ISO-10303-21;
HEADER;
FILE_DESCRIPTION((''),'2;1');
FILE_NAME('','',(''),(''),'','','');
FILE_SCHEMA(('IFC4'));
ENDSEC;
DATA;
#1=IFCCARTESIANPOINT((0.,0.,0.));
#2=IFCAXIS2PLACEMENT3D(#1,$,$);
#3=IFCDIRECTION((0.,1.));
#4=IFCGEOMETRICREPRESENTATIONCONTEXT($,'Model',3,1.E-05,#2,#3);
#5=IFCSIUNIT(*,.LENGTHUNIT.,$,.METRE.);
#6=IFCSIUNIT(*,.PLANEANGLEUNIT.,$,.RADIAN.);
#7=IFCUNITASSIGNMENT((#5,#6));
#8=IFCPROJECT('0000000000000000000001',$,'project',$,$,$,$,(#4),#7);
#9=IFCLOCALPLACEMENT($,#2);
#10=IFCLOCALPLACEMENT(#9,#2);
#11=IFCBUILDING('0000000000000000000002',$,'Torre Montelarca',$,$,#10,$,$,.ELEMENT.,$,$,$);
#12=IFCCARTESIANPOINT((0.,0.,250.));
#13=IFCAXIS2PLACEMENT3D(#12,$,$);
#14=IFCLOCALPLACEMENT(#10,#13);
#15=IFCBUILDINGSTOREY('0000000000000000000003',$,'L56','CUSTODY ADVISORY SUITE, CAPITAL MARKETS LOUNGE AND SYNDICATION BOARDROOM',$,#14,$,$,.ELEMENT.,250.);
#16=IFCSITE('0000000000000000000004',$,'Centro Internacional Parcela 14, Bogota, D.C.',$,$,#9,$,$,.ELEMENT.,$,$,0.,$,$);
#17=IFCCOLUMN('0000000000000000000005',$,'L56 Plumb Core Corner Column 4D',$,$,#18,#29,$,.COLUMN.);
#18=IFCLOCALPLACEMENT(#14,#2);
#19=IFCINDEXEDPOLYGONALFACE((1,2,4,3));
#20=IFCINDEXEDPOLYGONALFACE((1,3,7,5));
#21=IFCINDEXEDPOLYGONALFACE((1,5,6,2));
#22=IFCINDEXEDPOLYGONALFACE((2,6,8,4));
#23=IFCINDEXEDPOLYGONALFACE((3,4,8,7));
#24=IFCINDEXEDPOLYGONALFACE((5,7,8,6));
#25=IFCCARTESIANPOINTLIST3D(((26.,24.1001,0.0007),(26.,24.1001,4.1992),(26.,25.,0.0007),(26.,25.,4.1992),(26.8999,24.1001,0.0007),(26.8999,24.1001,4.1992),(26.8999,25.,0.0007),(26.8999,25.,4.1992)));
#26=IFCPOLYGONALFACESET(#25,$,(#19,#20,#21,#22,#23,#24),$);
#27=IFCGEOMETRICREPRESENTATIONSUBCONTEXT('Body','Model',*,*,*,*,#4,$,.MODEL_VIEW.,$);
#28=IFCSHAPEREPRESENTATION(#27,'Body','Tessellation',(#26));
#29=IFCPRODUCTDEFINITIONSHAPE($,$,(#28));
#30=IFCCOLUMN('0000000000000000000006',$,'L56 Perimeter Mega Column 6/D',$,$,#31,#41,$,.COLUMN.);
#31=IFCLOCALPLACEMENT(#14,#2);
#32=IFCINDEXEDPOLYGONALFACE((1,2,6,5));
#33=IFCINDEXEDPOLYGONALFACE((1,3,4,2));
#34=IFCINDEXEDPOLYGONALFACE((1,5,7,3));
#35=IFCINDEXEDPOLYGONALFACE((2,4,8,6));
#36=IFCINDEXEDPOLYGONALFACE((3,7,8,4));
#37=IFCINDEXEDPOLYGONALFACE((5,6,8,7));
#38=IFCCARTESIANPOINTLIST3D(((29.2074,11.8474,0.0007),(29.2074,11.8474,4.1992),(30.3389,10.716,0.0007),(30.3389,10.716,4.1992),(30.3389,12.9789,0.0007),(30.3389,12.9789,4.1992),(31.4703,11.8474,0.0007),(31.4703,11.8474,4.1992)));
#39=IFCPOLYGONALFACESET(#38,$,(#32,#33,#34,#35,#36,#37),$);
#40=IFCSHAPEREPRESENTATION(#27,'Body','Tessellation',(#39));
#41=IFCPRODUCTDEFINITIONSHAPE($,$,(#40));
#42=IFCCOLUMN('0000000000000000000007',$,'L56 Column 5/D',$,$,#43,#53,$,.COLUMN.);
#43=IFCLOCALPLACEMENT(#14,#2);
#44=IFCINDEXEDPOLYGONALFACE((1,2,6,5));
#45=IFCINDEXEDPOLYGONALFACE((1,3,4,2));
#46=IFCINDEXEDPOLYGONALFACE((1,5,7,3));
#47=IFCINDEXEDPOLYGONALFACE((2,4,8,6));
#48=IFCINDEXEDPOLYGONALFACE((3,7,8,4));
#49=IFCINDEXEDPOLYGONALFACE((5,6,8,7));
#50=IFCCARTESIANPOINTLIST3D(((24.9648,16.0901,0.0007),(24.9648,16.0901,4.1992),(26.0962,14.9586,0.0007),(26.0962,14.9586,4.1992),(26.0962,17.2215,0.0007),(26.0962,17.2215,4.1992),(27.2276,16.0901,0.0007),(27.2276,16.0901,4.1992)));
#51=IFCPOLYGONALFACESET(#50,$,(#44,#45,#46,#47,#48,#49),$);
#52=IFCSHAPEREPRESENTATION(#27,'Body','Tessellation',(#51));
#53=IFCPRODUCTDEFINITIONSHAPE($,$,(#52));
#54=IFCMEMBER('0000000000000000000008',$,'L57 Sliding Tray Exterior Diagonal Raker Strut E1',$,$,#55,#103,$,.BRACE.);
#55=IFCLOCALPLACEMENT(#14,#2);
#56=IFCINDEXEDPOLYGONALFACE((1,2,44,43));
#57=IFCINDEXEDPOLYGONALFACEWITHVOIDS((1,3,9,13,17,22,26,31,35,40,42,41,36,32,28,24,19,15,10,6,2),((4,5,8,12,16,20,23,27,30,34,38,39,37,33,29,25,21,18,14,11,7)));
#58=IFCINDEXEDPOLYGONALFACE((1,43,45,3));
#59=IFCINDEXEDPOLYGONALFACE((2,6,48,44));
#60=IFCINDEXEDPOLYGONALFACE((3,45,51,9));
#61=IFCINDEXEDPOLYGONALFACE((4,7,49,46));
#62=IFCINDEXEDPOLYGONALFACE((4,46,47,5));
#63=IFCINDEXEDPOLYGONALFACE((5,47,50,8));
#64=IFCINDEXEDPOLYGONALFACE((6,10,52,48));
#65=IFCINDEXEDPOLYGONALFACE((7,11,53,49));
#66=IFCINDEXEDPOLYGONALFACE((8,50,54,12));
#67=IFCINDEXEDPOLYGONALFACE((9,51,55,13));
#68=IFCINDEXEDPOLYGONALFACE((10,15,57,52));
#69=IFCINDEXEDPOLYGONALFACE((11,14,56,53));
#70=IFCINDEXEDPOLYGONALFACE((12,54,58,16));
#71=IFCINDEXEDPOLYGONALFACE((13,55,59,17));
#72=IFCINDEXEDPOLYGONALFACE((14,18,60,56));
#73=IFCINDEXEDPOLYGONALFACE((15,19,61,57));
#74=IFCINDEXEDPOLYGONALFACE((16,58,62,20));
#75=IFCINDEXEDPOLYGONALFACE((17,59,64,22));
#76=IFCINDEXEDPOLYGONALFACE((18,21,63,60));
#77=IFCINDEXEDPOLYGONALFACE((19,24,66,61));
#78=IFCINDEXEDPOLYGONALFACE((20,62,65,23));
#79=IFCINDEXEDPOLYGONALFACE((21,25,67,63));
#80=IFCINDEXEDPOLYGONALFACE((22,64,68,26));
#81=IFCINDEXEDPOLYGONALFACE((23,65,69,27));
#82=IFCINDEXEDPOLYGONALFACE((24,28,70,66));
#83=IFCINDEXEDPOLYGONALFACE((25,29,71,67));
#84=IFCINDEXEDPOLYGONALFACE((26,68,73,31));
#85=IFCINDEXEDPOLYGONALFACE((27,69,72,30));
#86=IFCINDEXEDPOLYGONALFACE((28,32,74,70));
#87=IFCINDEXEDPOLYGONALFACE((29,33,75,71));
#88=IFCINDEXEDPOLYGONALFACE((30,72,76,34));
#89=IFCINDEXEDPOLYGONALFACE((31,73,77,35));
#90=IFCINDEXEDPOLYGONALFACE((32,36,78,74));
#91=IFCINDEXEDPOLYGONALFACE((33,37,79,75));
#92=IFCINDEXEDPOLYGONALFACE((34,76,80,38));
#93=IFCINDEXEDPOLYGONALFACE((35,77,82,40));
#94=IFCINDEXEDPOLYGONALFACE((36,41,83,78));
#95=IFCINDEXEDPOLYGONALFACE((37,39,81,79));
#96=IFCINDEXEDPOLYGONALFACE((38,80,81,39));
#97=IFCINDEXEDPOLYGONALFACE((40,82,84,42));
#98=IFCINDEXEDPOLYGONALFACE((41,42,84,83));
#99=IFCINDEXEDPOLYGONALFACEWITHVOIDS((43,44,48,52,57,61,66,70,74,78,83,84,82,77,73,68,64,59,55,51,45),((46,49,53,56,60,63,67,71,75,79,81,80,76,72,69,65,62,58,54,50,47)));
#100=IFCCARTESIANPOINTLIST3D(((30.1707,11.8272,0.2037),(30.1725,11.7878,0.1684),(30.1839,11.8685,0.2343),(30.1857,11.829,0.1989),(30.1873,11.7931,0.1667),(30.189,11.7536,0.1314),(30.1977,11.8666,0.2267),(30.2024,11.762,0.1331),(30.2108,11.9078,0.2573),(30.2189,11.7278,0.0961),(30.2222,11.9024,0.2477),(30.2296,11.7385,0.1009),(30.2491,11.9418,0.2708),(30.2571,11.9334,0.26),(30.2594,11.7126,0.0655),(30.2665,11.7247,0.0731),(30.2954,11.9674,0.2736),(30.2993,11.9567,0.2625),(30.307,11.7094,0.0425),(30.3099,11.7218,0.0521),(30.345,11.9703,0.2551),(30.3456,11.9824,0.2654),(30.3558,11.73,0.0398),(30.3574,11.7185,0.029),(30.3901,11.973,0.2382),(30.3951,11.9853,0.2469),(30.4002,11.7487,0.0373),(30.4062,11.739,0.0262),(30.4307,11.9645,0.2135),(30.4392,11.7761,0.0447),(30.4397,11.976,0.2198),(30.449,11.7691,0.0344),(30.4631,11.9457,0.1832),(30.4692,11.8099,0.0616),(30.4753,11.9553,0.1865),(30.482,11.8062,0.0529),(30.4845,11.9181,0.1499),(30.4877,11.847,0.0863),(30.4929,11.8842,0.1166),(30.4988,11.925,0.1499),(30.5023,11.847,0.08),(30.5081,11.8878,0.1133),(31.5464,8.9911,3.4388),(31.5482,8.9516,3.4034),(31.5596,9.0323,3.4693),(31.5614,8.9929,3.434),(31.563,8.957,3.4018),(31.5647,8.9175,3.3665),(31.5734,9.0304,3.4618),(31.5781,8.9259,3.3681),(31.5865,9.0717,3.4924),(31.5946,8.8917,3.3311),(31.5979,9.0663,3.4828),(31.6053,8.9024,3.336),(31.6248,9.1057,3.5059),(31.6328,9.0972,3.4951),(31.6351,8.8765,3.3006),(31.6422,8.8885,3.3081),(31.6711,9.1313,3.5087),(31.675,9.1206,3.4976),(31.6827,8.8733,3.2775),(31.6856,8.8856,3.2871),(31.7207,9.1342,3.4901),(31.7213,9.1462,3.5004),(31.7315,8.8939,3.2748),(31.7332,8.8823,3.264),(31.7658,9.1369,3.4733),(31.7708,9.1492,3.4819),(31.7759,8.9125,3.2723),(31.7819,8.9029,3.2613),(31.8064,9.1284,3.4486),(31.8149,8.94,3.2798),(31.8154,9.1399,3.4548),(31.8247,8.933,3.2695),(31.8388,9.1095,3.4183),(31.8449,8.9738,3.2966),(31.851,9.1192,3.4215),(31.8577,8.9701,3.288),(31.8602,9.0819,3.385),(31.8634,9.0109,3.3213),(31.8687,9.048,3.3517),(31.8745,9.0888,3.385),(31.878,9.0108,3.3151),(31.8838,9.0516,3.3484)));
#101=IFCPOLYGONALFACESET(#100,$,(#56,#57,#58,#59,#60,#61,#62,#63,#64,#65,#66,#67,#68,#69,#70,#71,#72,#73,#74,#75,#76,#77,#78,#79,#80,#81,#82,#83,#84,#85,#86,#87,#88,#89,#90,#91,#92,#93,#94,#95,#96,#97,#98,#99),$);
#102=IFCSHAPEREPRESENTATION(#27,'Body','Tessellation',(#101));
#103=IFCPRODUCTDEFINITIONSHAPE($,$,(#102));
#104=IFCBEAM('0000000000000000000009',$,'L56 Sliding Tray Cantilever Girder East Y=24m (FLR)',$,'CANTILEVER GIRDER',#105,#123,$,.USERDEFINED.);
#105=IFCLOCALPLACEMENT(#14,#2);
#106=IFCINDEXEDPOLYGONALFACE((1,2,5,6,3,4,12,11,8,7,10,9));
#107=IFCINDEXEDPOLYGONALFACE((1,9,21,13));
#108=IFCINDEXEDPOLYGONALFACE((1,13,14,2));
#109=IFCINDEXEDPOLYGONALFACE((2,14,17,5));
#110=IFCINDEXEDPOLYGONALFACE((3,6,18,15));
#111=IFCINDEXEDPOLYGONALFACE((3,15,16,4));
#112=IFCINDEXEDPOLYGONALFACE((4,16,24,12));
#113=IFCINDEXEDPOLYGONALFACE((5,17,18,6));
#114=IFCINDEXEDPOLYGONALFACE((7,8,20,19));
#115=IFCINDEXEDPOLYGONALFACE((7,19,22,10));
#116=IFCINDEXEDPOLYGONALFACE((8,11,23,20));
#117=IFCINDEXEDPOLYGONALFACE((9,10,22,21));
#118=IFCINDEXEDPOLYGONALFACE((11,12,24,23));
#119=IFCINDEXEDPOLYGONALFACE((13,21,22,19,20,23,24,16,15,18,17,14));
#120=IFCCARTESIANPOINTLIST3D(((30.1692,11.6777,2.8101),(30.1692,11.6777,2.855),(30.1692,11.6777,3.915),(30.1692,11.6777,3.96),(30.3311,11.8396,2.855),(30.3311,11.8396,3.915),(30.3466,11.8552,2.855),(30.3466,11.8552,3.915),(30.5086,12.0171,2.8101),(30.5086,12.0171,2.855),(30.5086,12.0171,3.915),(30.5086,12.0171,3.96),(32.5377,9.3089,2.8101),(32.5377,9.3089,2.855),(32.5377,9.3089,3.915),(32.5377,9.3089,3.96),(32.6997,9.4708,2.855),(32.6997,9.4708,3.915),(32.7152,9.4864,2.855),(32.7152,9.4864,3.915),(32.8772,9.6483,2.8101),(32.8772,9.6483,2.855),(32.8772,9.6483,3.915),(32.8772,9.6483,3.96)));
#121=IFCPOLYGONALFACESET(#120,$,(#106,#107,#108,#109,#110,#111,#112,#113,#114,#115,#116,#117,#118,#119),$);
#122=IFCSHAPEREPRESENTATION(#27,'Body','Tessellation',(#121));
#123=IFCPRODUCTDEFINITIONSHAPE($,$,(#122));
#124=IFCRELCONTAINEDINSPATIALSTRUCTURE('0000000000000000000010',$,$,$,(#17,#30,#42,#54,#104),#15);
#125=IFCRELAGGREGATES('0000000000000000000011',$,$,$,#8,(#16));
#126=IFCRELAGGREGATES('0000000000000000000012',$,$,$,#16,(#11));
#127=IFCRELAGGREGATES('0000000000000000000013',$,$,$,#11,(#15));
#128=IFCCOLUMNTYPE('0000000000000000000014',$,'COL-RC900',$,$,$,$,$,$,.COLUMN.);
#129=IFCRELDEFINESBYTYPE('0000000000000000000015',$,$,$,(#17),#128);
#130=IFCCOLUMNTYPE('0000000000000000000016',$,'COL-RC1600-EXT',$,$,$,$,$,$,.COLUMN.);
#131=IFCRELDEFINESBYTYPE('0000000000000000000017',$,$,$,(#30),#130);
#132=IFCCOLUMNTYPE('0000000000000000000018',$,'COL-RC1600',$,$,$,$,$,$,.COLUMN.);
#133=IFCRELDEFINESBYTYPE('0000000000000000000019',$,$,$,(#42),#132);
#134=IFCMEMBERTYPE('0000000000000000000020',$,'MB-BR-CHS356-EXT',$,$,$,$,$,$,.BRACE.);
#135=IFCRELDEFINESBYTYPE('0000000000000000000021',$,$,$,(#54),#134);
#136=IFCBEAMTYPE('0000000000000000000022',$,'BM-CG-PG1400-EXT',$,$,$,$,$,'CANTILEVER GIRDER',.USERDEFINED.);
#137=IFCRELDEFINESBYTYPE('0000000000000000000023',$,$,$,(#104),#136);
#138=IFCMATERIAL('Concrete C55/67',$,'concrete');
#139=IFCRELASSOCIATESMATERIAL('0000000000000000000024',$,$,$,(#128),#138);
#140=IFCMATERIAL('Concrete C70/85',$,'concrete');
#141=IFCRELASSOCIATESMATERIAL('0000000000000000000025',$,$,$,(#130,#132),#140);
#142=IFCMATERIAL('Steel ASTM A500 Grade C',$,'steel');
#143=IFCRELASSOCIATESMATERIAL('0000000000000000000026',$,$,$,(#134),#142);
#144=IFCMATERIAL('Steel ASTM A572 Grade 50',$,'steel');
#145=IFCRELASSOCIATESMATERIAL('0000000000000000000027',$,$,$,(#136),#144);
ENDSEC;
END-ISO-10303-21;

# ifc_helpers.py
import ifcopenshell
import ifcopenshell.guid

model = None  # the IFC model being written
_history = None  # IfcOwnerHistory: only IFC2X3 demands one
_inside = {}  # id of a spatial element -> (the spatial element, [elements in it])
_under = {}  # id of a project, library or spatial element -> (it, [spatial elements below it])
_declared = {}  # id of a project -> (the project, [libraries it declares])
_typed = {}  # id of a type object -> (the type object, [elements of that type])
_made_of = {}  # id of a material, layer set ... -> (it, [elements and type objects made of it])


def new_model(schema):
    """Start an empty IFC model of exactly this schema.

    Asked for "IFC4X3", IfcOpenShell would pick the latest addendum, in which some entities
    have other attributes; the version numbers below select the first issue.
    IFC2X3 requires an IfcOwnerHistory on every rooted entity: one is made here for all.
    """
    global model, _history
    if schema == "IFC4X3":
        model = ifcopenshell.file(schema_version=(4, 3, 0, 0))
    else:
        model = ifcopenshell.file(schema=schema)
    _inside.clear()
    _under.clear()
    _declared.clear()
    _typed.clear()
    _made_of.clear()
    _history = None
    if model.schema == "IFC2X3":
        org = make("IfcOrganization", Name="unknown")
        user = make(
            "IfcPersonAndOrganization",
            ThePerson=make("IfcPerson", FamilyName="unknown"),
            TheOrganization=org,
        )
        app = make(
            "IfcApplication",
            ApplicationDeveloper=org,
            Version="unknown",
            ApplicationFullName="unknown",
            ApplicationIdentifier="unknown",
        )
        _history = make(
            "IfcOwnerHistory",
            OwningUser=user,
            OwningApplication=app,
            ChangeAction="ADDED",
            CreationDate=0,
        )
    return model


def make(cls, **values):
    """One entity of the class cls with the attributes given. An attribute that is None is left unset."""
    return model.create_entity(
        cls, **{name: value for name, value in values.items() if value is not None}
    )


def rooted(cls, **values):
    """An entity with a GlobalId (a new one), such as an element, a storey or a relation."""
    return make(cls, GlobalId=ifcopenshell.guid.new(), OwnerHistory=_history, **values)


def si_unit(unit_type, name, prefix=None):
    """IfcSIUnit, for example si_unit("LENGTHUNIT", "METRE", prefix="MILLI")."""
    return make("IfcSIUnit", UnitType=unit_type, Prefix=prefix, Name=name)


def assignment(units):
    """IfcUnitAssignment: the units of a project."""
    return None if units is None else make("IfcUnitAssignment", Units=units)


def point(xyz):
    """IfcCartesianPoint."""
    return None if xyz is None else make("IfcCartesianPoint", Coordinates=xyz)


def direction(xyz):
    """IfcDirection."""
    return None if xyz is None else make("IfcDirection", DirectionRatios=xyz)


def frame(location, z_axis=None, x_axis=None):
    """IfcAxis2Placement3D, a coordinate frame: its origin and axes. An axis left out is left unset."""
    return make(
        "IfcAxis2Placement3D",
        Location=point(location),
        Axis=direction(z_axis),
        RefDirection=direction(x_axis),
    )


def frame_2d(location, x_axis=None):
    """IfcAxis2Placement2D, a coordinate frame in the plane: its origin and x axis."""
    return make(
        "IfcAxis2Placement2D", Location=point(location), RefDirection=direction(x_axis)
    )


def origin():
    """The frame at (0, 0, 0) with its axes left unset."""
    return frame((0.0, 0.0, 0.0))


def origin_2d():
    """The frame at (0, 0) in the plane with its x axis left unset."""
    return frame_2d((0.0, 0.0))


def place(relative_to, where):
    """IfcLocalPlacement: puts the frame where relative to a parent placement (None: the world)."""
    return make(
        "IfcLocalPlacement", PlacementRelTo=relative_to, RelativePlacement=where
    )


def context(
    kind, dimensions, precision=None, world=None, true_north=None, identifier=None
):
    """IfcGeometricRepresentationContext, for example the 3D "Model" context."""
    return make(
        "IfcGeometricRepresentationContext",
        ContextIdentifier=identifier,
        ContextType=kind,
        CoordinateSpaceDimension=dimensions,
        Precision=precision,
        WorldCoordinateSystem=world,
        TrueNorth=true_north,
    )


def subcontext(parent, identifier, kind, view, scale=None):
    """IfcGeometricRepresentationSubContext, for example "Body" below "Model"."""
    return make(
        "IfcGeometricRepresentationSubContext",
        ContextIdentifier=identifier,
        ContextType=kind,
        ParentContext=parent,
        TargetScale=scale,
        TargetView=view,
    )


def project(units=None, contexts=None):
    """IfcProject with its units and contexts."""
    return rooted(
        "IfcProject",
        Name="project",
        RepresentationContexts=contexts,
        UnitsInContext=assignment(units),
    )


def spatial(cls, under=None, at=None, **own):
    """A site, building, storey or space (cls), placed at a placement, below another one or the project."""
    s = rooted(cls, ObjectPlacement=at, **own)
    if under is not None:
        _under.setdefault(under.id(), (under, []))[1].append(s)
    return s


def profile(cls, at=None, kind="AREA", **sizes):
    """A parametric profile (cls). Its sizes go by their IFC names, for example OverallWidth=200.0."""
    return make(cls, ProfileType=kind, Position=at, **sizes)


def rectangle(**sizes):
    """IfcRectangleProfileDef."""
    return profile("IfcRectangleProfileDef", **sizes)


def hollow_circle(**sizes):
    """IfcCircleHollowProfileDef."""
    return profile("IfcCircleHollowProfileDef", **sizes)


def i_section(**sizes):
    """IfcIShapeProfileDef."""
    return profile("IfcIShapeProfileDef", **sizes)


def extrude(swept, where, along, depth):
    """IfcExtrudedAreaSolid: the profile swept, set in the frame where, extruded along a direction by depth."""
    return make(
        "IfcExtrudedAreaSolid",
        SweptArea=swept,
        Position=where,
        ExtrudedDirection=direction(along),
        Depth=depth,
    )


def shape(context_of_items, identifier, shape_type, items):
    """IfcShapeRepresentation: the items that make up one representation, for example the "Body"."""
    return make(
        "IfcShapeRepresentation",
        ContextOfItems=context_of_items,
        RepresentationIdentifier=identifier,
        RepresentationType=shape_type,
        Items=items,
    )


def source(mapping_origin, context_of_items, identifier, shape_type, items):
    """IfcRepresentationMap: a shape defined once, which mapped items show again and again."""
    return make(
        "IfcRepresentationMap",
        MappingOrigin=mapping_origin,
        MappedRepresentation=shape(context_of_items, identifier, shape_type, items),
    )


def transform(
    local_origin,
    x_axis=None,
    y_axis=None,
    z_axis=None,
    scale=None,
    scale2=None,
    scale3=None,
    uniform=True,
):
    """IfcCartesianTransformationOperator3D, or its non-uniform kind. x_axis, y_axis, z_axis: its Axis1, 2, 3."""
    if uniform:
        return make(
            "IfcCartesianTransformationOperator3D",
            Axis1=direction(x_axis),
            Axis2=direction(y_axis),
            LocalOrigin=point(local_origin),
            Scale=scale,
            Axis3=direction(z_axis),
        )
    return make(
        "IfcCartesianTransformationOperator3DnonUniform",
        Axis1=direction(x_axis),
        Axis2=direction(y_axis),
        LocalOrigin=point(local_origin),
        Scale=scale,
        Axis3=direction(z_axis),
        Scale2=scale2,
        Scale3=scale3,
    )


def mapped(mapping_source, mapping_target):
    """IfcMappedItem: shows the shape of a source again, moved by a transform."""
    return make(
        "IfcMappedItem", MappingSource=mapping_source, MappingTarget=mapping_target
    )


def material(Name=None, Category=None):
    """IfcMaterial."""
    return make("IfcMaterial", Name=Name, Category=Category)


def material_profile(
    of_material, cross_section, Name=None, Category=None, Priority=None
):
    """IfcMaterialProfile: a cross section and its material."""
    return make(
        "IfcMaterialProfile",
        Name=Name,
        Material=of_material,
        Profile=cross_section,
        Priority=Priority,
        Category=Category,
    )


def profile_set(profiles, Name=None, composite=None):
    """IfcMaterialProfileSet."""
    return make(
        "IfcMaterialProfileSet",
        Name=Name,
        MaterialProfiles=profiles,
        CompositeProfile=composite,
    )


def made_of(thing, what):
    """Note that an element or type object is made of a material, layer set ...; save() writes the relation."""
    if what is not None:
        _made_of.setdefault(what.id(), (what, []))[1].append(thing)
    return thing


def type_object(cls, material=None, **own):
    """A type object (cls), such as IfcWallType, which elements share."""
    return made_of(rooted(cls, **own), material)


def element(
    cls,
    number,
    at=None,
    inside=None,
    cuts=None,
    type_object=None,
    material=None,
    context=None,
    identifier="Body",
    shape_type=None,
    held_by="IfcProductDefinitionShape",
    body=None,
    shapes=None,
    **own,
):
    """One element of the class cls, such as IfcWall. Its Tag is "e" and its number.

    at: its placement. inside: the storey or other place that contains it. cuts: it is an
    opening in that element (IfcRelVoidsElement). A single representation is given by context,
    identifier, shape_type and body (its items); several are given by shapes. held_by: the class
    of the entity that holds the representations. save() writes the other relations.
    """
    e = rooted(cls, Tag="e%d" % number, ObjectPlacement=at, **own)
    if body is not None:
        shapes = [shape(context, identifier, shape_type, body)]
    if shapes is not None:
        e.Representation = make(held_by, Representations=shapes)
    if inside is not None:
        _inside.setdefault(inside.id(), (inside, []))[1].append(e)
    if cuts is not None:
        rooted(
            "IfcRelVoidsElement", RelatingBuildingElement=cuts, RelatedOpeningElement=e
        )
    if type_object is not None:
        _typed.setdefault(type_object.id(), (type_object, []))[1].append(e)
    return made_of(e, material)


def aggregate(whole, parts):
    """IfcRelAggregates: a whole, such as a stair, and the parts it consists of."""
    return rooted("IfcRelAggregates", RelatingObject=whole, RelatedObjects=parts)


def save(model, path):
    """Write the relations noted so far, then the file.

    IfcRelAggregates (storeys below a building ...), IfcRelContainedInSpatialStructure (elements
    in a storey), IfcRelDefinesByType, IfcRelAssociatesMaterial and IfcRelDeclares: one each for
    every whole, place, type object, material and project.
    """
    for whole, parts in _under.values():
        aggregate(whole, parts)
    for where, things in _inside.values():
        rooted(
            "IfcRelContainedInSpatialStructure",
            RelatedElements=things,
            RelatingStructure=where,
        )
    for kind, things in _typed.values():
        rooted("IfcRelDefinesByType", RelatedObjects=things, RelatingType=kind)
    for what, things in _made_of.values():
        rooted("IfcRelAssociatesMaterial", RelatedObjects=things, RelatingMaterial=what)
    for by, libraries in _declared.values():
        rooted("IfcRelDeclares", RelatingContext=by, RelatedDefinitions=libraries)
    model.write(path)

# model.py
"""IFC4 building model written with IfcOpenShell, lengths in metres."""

from ifc_helpers import new_model, si_unit, direction, frame, origin, origin_2d, place, context, subcontext, project, spatial, rectangle, hollow_circle, i_section, extrude, source, transform, mapped, material, material_profile, profile_set, type_object, element, save


model = new_model("IFC4")

# Units and contexts
model_context = context("Model", 3, precision=1e-05, world=origin(), true_north=direction((0.0, 1.0)))
body_context = subcontext(model_context, "Body", "Model", "MODEL_VIEW")
ifc_project = project(units=[si_unit("LENGTHUNIT", "METRE"), si_unit("PLANEANGLEUNIT", "RADIAN")], contexts=[model_context])

# Site, building, storey
site_placement = place(None, origin())
site = spatial("IfcSite", under=ifc_project, at=site_placement, Name="Centro Internacional Parcela 14, Bogota, D.C.", CompositionType="ELEMENT", RefElevation=0.0)
building_placement = place(site_placement, origin())
building = spatial("IfcBuilding", under=site, at=building_placement, Name="Torre Montelarca", CompositionType="ELEMENT")
storey_placement = place(building_placement, frame((0.0, 0.0, 250.0)))
storey = spatial("IfcBuildingStorey", under=building, at=storey_placement, Name="L56", Description="CUSTODY ADVISORY SUITE, CAPITAL MARKETS LOUNGE AND SYNDICATION BOARDROOM", CompositionType="ELEMENT", Elevation=250.0)

# Columns
ifc_material_1 = material(Name="Concrete C55/67", Category="concrete")
ifc_material_profile_1 = material_profile(ifc_material_1, rectangle(XDim=0.8999, YDim=0.8999, at=origin_2d()), Name="RC900X900", Category="concrete")
ifc_profile_set_1 = profile_set([ifc_material_profile_1], Name="Concrete C55/67")
column_type_1 = type_object("IfcColumnType", Name="COL-RC900", PredefinedType="COLUMN", material=ifc_profile_set_1)
shared_shape_1 = source(origin(), body_context, "Body", "SweptSolid", [
    extrude(rectangle(XDim=0.8999, YDim=0.8999, at=origin_2d()), origin(), (0.0, 0.0, 1.0), 4.1985),
])
column_1_placement = place(storey_placement, frame((26.45, 24.55, 0.0007), z_axis=(0.0, 0.0, 1.0), x_axis=(1.0, 0.0, 0.0)))
element("IfcColumn", 1, at=column_1_placement, inside=storey, type_object=column_type_1, Name="L56 Plumb Core Corner Column 4D", PredefinedType="COLUMN", context=body_context, shape_type="MappedRepresentation", body=[
    mapped(shared_shape_1, transform((0.0, 0.0, 0.0), scale=1.0)),
])
ifc_material_2 = material(Name="Concrete C70/85", Category="concrete")
ifc_material_profile_2 = material_profile(ifc_material_2, rectangle(XDim=1.6001, YDim=1.6001, at=origin_2d()), Name="RC1600X1600", Category="concrete")
ifc_profile_set_2 = profile_set([ifc_material_profile_2], Name="Concrete C70/85")
column_type_2 = type_object("IfcColumnType", Name="COL-RC1600-EXT", PredefinedType="COLUMN", material=ifc_profile_set_2)
shared_shape_2 = source(origin(), body_context, "Body", "SweptSolid", [
    extrude(rectangle(XDim=1.6001, YDim=1.6001, at=origin_2d()), origin(), (0.0, 0.0, 1.0), 4.1985),
])
column_2_placement = place(storey_placement, frame((30.3389, 11.8474, 0.0007), z_axis=(0.0, 0.0, 1.0), x_axis=(-0.707107, 0.707107, 0.0)))
element("IfcColumn", 2, at=column_2_placement, inside=storey, type_object=column_type_2, Name="L56 Perimeter Mega Column 6/D", PredefinedType="COLUMN", context=body_context, shape_type="MappedRepresentation", body=[
    mapped(shared_shape_2, transform((0.0, 0.0, 0.0), scale=1.0)),
])
ifc_material_profile_3 = material_profile(ifc_material_2, rectangle(XDim=1.6001, YDim=1.6001, at=origin_2d()), Name="RC1600X1600", Category="concrete")
ifc_profile_set_3 = profile_set([ifc_material_profile_3], Name="Concrete C70/85")
column_type_3 = type_object("IfcColumnType", Name="COL-RC1600", PredefinedType="COLUMN", material=ifc_profile_set_3)
shared_shape_3 = source(origin(), body_context, "Body", "SweptSolid", [
    extrude(rectangle(XDim=1.6001, YDim=1.6001, at=origin_2d()), origin(), (0.0, 0.0, 1.0), 4.1985),
])
column_3_placement = place(storey_placement, frame((26.0962, 16.0901, 0.0007), z_axis=(0.0, 0.0, 1.0), x_axis=(-0.707107, 0.707107, 0.0)))
element("IfcColumn", 3, at=column_3_placement, inside=storey, type_object=column_type_3, Name="L56 Column 5/D", PredefinedType="COLUMN", context=body_context, shape_type="MappedRepresentation", body=[
    mapped(shared_shape_3, transform((0.0, 0.0, 0.0), scale=1.0)),
])

# Member
ifc_material_3 = material(Name="Steel ASTM A500 Grade C", Category="steel")
ifc_material_profile_4 = material_profile(ifc_material_3, hollow_circle(Radius=0.1777, WallThickness=0.0159, at=origin_2d()), Name="HSS355.6X15.9", Category="steel")
ifc_profile_set_4 = profile_set([ifc_material_profile_4], Name="Steel ASTM A500 Grade C")
member_type_1 = type_object("IfcMemberType", Name="MB-BR-CHS356-EXT", PredefinedType="BRACE", material=ifc_profile_set_4)
shared_shape_4 = source(origin(), body_context, "Body", "SweptSolid", [
    extrude(hollow_circle(Radius=0.1777, WallThickness=0.0159, at=origin_2d()), origin(), (0.0, 0.0, 1.0), 4.5168),
])
member_1_placement = place(storey_placement, frame((30.3389, 11.8474, 0.1499), z_axis=(0.304574, -0.627903, 0.716221), x_axis=(0.899738, 0.436431, 0.0)))
element("IfcMember", 4, at=member_1_placement, inside=storey, type_object=member_type_1, Name="L57 Sliding Tray Exterior Diagonal Raker Strut E1", PredefinedType="BRACE", context=body_context, shape_type="MappedRepresentation", body=[
    mapped(shared_shape_4, transform((0.0, 0.0, 0.0), scale=1.0)),
])

# Beam
ifc_material_4 = material(Name="Steel ASTM A572 Grade 50", Category="steel")
ifc_material_profile_5 = material_profile(ifc_material_4, i_section(OverallWidth=0.48, OverallDepth=1.1499, WebThickness=0.022, FlangeThickness=0.0449, at=origin_2d()), Name="PG1150X480X22X45", Category="steel")
ifc_profile_set_5 = profile_set([ifc_material_profile_5], Name="Steel ASTM A572 Grade 50")
beam_type = type_object("IfcBeamType", Name="BM-CG-PG1400-EXT", ElementType="CANTILEVER GIRDER", PredefinedType="USERDEFINED", material=ifc_profile_set_5)
shared_shape_5 = source(origin(), body_context, "Body", "SweptSolid", [
    extrude(i_section(OverallWidth=0.48, OverallDepth=1.1499, WebThickness=0.022, FlangeThickness=0.0449, at=origin_2d()), origin(), (0.0, 0.0, 1.0), 3.3499),
])
beam_placement = place(storey_placement, frame((30.3389, 11.8474, 3.385), z_axis=(0.70707, -0.707143, 0.0), x_axis=(0.707143, 0.70707, 0.0)))
element("IfcBeam", 5, at=beam_placement, inside=storey, type_object=beam_type, Name="L56 Sliding Tray Cantilever Girder East Y=24m (FLR)", ObjectType="CANTILEVER GIRDER", PredefinedType="USERDEFINED", context=body_context, shape_type="MappedRepresentation", body=[
    mapped(shared_shape_5, transform((0.0, 0.0, 0.0), scale=1.0)),
])

save(model, "model.ifc")
